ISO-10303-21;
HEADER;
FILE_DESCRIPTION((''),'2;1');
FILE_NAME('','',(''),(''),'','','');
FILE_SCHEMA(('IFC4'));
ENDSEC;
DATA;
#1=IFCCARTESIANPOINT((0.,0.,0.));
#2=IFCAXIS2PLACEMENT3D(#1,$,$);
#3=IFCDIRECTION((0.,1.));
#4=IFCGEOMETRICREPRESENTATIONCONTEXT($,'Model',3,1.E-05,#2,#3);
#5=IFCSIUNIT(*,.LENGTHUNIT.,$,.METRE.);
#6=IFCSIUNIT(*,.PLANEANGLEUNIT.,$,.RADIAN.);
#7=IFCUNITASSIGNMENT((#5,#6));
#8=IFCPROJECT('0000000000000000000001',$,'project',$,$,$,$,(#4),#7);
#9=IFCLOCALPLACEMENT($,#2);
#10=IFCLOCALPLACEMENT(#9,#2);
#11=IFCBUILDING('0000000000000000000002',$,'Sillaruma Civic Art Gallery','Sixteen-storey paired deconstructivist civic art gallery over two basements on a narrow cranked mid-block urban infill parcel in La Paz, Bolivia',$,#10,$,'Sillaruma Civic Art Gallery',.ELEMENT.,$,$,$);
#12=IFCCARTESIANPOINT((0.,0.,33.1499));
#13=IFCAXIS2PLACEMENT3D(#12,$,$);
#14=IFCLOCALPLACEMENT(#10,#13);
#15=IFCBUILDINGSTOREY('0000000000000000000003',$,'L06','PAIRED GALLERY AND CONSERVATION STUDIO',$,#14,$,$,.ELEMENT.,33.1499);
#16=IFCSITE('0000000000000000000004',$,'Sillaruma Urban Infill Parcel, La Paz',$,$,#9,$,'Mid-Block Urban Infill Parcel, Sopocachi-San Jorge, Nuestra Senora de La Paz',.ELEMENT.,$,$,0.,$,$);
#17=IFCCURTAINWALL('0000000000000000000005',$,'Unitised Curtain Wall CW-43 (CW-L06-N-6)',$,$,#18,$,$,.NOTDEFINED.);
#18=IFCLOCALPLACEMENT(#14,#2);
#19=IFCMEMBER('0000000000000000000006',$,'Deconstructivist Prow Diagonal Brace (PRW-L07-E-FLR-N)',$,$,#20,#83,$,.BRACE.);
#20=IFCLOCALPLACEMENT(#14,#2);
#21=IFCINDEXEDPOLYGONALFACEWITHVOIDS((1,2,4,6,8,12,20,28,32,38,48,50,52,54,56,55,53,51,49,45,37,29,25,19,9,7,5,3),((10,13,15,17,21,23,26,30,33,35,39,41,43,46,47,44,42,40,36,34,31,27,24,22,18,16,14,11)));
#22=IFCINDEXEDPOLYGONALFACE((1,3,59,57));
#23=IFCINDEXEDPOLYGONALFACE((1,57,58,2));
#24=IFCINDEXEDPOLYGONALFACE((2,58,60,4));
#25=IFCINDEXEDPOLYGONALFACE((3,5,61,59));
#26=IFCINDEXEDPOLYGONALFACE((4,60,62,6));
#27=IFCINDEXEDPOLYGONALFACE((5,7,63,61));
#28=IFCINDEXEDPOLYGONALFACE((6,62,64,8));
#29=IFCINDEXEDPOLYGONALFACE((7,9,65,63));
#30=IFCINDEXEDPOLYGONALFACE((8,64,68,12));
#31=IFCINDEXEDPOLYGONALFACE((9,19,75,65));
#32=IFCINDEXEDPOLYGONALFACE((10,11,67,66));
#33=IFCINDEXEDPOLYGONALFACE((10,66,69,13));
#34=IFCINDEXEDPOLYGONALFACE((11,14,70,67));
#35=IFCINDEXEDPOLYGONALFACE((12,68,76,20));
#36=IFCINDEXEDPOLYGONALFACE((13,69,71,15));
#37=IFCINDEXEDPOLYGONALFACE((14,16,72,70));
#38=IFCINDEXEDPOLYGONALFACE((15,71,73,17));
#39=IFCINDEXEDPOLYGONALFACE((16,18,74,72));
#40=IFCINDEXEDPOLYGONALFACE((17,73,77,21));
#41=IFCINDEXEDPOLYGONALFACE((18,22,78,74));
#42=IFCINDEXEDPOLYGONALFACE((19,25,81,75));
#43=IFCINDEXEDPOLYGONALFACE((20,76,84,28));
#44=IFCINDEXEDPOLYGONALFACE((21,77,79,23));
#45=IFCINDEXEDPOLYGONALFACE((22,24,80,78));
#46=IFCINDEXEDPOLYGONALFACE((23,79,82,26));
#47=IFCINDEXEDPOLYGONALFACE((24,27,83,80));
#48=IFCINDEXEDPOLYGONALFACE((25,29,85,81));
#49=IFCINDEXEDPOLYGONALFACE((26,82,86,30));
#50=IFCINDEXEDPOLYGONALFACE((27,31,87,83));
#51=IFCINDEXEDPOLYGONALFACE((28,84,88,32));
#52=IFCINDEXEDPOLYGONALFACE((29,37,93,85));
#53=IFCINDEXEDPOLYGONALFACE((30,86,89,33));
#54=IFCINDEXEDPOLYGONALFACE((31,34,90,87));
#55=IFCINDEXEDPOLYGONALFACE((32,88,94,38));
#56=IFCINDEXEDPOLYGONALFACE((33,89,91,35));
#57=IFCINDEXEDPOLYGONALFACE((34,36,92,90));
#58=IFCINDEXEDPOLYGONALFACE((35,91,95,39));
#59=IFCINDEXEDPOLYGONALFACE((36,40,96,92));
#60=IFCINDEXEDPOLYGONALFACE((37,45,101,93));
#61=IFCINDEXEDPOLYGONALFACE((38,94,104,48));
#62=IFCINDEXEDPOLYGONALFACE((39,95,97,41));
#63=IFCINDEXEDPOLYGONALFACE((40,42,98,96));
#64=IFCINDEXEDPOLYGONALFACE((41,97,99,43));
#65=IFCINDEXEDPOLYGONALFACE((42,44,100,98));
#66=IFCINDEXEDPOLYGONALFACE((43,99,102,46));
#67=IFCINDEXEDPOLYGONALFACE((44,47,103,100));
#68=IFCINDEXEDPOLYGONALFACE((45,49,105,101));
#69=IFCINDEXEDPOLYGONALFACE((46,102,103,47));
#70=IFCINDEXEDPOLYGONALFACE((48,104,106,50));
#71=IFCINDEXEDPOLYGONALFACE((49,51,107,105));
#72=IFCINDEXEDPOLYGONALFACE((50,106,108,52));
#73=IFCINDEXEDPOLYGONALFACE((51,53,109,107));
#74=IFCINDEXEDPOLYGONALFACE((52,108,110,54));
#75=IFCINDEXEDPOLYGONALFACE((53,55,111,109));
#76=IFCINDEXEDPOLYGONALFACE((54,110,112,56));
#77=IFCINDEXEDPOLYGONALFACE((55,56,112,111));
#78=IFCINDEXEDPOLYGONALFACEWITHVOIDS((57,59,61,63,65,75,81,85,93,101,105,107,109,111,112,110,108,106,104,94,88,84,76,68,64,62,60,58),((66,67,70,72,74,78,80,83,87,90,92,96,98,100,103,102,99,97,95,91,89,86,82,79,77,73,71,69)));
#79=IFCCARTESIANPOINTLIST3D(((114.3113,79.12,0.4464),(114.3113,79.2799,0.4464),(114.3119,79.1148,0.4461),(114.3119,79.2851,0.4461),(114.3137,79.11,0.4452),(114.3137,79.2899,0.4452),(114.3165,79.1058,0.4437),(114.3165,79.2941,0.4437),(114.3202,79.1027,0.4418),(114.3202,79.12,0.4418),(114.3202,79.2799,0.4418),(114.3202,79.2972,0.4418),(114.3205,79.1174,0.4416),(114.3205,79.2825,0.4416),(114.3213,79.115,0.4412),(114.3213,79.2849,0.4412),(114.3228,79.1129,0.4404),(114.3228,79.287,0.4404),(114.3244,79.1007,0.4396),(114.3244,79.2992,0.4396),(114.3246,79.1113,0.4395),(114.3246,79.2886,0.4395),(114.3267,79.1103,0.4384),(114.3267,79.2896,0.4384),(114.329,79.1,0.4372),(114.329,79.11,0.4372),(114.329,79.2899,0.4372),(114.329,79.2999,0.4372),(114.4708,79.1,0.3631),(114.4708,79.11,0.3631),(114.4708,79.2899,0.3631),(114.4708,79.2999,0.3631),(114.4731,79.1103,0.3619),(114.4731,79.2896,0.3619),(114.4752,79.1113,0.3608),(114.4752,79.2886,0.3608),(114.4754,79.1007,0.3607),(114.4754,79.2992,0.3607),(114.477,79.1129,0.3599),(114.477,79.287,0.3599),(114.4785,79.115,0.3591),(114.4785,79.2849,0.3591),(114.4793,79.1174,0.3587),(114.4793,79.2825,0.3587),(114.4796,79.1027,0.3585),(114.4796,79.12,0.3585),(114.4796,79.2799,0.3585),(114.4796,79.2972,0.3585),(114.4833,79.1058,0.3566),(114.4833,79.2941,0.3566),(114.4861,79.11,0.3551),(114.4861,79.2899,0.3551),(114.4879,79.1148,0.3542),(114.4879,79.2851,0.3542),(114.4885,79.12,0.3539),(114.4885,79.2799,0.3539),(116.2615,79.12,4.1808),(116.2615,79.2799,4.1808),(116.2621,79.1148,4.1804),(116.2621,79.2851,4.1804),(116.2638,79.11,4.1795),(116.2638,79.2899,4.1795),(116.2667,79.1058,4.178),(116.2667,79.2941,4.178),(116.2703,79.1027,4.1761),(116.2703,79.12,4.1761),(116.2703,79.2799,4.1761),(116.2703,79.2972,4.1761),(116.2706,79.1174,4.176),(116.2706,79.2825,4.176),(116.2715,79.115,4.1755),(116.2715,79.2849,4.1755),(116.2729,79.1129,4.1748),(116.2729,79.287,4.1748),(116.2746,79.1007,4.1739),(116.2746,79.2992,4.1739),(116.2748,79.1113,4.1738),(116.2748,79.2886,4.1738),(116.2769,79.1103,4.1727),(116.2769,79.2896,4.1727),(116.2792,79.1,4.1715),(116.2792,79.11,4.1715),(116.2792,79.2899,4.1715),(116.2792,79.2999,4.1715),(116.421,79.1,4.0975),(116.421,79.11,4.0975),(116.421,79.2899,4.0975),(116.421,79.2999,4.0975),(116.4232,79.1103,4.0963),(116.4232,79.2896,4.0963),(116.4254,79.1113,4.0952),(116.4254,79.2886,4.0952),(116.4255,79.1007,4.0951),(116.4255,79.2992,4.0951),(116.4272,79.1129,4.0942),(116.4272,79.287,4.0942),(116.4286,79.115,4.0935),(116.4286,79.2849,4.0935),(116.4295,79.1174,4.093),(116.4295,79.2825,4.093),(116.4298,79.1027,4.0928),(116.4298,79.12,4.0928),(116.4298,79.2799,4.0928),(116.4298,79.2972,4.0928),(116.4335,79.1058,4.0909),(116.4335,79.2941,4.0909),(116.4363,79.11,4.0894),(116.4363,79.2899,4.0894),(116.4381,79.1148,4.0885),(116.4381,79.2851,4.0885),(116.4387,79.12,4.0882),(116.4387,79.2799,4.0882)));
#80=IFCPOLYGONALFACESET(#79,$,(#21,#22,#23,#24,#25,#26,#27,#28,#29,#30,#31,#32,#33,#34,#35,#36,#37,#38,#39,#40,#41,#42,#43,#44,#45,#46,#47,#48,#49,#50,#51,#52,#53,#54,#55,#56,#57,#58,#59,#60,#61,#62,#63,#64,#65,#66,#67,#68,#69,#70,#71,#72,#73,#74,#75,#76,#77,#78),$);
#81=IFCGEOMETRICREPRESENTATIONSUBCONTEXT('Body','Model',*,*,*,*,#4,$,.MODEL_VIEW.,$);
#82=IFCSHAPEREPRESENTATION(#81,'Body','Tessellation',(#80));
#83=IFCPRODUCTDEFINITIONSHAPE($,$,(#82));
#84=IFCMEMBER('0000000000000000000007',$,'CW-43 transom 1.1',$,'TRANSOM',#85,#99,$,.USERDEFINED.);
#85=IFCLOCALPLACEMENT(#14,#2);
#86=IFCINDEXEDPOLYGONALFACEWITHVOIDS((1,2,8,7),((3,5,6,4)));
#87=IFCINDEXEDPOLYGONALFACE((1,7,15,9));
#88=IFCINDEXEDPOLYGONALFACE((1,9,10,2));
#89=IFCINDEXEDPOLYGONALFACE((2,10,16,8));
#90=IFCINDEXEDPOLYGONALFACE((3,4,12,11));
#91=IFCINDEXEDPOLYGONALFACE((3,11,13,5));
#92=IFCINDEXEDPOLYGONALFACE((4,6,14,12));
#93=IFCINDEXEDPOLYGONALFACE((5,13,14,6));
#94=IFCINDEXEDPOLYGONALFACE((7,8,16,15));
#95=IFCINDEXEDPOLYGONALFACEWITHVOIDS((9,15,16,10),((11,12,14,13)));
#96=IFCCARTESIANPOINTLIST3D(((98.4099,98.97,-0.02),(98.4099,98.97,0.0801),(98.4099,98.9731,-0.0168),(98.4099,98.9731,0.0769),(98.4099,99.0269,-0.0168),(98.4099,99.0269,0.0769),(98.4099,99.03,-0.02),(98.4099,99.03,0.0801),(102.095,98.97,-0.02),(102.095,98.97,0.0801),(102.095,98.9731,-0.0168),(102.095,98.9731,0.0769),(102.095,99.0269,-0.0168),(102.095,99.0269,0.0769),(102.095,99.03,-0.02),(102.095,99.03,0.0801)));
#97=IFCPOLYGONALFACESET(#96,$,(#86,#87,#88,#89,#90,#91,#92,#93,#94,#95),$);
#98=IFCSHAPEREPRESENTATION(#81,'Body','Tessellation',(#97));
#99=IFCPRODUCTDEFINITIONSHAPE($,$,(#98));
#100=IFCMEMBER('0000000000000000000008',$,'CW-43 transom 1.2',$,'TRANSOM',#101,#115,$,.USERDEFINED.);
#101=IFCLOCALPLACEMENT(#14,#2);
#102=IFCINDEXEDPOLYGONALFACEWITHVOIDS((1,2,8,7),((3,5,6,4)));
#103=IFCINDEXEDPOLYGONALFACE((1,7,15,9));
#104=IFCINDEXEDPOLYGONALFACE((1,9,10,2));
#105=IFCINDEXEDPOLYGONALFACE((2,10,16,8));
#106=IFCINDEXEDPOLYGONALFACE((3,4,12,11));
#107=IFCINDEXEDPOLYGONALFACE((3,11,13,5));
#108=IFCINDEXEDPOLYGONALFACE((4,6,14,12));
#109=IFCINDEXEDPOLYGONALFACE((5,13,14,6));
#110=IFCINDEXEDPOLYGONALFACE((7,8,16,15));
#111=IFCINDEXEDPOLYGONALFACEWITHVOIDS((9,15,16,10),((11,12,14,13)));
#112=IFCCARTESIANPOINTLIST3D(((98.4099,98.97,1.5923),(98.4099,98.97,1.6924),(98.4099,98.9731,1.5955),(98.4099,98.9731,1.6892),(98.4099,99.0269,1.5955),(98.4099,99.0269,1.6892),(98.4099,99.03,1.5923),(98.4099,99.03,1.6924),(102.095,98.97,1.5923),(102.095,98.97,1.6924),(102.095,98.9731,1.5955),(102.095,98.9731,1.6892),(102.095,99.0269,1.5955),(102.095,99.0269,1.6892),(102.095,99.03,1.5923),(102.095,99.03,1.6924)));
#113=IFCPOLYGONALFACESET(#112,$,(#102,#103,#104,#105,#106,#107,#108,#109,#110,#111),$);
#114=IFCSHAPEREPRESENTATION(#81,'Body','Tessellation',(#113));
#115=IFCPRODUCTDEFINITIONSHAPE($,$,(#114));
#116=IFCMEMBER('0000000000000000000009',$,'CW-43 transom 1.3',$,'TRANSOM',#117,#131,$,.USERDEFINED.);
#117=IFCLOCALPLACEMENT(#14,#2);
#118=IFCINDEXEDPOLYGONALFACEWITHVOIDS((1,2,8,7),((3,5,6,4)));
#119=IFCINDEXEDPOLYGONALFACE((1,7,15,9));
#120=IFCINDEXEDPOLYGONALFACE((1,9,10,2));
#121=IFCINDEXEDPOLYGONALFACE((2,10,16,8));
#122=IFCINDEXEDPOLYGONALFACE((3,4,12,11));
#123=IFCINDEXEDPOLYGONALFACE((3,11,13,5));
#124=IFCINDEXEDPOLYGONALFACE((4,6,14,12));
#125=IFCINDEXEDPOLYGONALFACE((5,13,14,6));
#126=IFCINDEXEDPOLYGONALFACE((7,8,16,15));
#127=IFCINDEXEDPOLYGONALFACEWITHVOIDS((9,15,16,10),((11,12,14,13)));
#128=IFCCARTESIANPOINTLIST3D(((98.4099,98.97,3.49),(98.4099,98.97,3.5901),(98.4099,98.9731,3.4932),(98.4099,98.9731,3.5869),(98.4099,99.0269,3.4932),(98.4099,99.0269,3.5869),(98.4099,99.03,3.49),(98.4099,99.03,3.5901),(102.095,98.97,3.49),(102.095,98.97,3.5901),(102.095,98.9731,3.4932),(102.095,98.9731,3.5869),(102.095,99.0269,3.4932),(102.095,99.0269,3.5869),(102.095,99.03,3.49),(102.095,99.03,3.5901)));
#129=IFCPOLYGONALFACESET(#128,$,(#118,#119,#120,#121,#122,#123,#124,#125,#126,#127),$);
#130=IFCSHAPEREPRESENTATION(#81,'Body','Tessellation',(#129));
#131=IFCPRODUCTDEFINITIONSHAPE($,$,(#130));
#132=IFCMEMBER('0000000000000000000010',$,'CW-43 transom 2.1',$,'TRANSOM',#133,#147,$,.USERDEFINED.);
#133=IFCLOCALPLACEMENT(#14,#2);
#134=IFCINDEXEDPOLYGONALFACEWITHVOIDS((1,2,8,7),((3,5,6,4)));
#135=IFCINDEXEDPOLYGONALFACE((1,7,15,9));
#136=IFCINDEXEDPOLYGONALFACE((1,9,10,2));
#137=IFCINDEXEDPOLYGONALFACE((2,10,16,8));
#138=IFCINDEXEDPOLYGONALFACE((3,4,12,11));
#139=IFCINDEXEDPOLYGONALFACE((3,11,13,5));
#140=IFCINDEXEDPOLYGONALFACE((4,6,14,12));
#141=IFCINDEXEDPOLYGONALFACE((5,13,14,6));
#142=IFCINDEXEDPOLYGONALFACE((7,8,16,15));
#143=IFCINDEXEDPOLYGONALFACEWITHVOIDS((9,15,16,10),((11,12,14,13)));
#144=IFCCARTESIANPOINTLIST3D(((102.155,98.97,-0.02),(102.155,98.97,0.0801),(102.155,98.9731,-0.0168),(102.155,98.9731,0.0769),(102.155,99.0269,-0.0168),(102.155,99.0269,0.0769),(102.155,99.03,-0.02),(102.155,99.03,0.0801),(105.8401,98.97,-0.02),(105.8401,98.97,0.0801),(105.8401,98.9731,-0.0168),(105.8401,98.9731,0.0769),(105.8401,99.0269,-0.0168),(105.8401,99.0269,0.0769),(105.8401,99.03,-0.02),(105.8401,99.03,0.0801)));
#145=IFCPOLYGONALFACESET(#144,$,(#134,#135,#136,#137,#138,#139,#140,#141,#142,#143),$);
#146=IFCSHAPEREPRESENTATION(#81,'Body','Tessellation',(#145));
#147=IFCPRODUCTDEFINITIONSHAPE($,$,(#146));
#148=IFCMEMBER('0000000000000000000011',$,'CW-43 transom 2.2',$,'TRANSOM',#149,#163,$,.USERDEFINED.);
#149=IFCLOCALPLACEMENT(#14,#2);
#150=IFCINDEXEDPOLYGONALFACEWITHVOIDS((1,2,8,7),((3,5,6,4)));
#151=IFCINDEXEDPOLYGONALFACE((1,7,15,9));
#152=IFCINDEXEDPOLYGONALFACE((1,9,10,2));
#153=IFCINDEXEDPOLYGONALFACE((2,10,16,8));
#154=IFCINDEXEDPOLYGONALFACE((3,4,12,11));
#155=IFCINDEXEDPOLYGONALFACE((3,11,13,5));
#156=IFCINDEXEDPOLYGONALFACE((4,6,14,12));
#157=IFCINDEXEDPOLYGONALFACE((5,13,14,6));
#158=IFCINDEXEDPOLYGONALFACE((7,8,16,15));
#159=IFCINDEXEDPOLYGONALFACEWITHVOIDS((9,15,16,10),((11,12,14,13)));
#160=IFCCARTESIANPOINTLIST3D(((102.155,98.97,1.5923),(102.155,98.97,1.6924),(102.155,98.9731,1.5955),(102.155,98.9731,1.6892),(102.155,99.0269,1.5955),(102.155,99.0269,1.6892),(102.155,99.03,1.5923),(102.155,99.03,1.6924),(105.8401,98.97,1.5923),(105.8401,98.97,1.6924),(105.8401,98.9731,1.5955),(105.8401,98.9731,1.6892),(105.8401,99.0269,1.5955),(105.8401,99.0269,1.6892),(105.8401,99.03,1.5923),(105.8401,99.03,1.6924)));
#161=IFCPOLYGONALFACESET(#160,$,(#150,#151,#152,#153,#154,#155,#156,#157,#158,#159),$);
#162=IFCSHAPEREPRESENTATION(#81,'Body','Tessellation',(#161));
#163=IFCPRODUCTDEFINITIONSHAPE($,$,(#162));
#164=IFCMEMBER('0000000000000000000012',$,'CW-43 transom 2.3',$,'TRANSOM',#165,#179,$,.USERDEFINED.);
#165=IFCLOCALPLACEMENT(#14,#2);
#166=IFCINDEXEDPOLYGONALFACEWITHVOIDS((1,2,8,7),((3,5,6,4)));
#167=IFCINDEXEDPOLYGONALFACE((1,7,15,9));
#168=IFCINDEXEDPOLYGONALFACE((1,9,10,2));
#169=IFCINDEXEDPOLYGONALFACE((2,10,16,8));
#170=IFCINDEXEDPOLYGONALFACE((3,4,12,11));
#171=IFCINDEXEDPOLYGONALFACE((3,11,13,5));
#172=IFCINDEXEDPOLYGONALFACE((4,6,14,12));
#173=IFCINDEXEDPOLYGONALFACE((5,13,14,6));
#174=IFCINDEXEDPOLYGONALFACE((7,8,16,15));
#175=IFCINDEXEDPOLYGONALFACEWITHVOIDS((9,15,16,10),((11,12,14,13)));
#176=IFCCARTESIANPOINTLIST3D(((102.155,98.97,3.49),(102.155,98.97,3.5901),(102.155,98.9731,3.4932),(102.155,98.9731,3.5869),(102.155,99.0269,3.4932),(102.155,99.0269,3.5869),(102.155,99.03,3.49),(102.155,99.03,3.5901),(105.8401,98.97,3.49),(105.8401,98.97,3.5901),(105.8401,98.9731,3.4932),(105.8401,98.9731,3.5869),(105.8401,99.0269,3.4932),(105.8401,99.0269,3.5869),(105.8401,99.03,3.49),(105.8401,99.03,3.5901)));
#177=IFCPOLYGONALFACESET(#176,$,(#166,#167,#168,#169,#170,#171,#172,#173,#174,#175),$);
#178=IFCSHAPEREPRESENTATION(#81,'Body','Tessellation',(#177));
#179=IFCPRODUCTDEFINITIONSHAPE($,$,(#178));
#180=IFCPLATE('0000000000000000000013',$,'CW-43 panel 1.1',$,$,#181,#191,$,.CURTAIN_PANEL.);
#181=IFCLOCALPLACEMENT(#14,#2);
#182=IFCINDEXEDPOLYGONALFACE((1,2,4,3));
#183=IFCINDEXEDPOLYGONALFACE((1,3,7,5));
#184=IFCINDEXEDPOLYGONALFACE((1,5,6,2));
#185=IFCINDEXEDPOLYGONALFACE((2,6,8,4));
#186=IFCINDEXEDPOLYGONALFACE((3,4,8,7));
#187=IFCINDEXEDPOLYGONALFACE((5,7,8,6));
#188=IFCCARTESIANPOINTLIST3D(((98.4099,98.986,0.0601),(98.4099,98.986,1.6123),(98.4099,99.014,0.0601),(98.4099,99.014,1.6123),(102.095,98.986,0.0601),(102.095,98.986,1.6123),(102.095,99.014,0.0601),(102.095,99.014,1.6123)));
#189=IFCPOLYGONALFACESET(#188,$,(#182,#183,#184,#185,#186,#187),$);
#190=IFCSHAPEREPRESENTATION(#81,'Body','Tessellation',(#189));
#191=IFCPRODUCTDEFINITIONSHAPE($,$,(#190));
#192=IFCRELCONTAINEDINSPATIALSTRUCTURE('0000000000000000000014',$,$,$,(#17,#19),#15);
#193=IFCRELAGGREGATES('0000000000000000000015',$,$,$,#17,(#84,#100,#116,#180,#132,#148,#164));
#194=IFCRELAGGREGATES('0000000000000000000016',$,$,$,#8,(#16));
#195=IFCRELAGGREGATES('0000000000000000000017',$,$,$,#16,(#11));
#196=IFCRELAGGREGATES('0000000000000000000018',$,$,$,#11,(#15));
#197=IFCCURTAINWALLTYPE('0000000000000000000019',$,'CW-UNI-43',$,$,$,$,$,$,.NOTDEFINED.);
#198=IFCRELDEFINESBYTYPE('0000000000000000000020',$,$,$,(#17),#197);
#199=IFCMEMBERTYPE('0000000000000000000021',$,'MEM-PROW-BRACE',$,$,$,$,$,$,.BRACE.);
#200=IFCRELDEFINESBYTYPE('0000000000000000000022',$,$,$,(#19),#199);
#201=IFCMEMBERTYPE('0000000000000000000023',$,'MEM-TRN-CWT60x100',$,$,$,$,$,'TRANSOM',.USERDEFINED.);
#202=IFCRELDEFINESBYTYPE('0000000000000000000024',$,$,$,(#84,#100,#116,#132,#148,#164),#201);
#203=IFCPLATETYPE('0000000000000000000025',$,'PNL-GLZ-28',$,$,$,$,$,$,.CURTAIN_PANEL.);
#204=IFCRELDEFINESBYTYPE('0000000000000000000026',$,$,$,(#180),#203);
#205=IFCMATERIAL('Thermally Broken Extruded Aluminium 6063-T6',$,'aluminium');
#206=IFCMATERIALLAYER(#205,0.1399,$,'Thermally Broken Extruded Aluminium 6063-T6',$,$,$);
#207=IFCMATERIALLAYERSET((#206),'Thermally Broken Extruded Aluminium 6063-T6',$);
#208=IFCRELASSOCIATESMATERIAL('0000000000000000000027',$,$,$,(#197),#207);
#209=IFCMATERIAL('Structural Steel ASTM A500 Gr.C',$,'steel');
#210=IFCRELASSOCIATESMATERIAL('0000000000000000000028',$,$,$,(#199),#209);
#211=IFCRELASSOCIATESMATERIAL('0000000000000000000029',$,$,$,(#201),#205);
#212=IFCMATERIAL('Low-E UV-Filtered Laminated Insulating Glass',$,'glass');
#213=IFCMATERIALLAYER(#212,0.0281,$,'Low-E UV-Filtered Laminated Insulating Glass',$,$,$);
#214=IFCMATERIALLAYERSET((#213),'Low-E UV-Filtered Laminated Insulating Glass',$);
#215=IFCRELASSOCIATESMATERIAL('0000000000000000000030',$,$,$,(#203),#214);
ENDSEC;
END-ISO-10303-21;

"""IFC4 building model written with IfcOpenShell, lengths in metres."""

from ifc_helpers import new_model, si_unit, direction, frame, origin, origin_2d, place, context, subcontext, project, spatial, rectangle, hollow_rectangle, extrude, material, layer, layer_set, material_profile, profile_set, type_object, element, aggregate, save


model = new_model("IFC4")

# Units and contexts
model_context = context("Model", 3, precision=1e-05, world=origin(), true_north=direction((0.0, 1.0)))
body_context = subcontext(model_context, "Body", "Model", "MODEL_VIEW")
ifc_project = project(units=[si_unit("LENGTHUNIT", "METRE"), si_unit("PLANEANGLEUNIT", "RADIAN")], contexts=[model_context])

# Site, building, storey
site_placement = place(None, origin())
site = spatial("IfcSite", under=ifc_project, at=site_placement, Name="Sillaruma Urban Infill Parcel, La Paz", LongName="Mid-Block Urban Infill Parcel, Sopocachi-San Jorge, Nuestra Senora de La Paz", CompositionType="ELEMENT", RefElevation=0.0)
building_placement = place(site_placement, origin())
building = spatial("IfcBuilding", under=site, at=building_placement, Name="Sillaruma Civic Art Gallery", Description="Sixteen-storey paired deconstructivist civic art gallery over two basements on a narrow cranked mid-block urban infill parcel in La Paz, Bolivia", LongName="Sillaruma Civic Art Gallery", CompositionType="ELEMENT")
storey_placement = place(building_placement, frame((0.0, 0.0, 33.1499)))
storey = spatial("IfcBuildingStorey", under=building, at=storey_placement, Name="L06", Description="PAIRED GALLERY AND CONSERVATION STUDIO", CompositionType="ELEMENT", Elevation=33.1499)

# Shared definitions
ifc_material_1 = material(Name="Structural Steel ASTM A500 Gr.C", Category="steel")

# Shared definitions
ifc_material_2 = material(Name="Thermally Broken Extruded Aluminium 6063-T6", Category="aluminium")

# Curtain wall
ifc_layer_1 = layer(ifc_material_2, 0.1399, Name="Thermally Broken Extruded Aluminium 6063-T6")
ifc_layer_set_1 = layer_set([ifc_layer_1], Name="Thermally Broken Extruded Aluminium 6063-T6")
curtain_wall_type_1 = type_object("IfcCurtainWallType", Name="CW-UNI-43", PredefinedType="NOTDEFINED", material=ifc_layer_set_1)
curtain_wall_1_placement = place(storey_placement, origin())
curtain_wall_1 = element("IfcCurtainWall", 1, at=curtain_wall_1_placement, inside=storey, type_object=curtain_wall_type_1, Name="Unitised Curtain Wall CW-43 (CW-L06-N-6)", PredefinedType="NOTDEFINED")

# Members
ifc_material_profile_1 = material_profile(ifc_material_1, hollow_rectangle(XDim=0.2, YDim=0.2, WallThickness=0.01, InnerFilletRadius=0.01, OuterFilletRadius=0.02, at=origin_2d()), Name="HSS200x200x10")
ifc_profile_set_1 = profile_set([ifc_material_profile_1], Name="Structural Steel ASTM A500 Gr.C")
member_type_1 = type_object("IfcMemberType", Name="MEM-PROW-BRACE", PredefinedType="BRACE", material=ifc_profile_set_1)
member_1_placement = place(storey_placement, frame((114.3999, 79.2, 0.4001), z_axis=(0.462907, 0.0, 0.886407), x_axis=(0.0, 1.0, 0.0)))
element("IfcMember", 2, at=member_1_placement, inside=storey, type_object=member_type_1, Name="Deconstructivist Prow Diagonal Brace (PRW-L07-E-FLR-N)", PredefinedType="BRACE", context=body_context, shape_type="SweptSolid", body=[
    extrude(hollow_rectangle(XDim=0.2, YDim=0.2, WallThickness=0.01, InnerFilletRadius=0.01, OuterFilletRadius=0.02, at=origin_2d()), origin(), (0.0, 0.0, 1.0), 4.2129),
])
ifc_material_profile_2 = material_profile(ifc_material_2, hollow_rectangle(XDim=0.0601, YDim=0.1001, WallThickness=0.0032, at=origin_2d()), Name="CWT60x100")
ifc_profile_set_2 = profile_set([ifc_material_profile_2], Name="Thermally Broken Extruded Aluminium 6063-T6")
member_type_2 = type_object("IfcMemberType", Name="MEM-TRN-CWT60x100", ElementType="TRANSOM", PredefinedType="USERDEFINED", material=ifc_profile_set_2)
member_2_placement = place(storey_placement, frame((98.4099, 99.0, 0.03), z_axis=(1.0, 0.0, 0.0), x_axis=(0.0, 1.0, 0.0)))
member_2 = element("IfcMember", 3, at=member_2_placement, type_object=member_type_2, Name="CW-43 transom 1.1", ObjectType="TRANSOM", PredefinedType="USERDEFINED", context=body_context, shape_type="SweptSolid", body=[
    extrude(hollow_rectangle(XDim=0.0601, YDim=0.1001, WallThickness=0.0032, at=origin_2d()), origin(), (0.0, 0.0, 1.0), 3.6851),
])
member_3_placement = place(storey_placement, frame((98.4099, 99.0, 1.6423), z_axis=(1.0, 0.0, 0.0), x_axis=(0.0, 1.0, 0.0)))
member_3 = element("IfcMember", 4, at=member_3_placement, type_object=member_type_2, Name="CW-43 transom 1.2", ObjectType="TRANSOM", PredefinedType="USERDEFINED", context=body_context, shape_type="SweptSolid", body=[
    extrude(hollow_rectangle(XDim=0.0601, YDim=0.1001, WallThickness=0.0032, at=origin_2d()), origin(), (0.0, 0.0, 1.0), 3.6851),
])
member_4_placement = place(storey_placement, frame((98.4099, 99.0, 3.54), z_axis=(1.0, 0.0, 0.0), x_axis=(0.0, 1.0, 0.0)))
member_4 = element("IfcMember", 5, at=member_4_placement, type_object=member_type_2, Name="CW-43 transom 1.3", ObjectType="TRANSOM", PredefinedType="USERDEFINED", context=body_context, shape_type="SweptSolid", body=[
    extrude(hollow_rectangle(XDim=0.0601, YDim=0.1001, WallThickness=0.0032, at=origin_2d()), origin(), (0.0, 0.0, 1.0), 3.6851),
])
member_5_placement = place(storey_placement, frame((102.155, 99.0, 0.03), z_axis=(1.0, 0.0, 0.0), x_axis=(0.0, 1.0, 0.0)))
member_5 = element("IfcMember", 6, at=member_5_placement, type_object=member_type_2, Name="CW-43 transom 2.1", ObjectType="TRANSOM", PredefinedType="USERDEFINED", context=body_context, shape_type="SweptSolid", body=[
    extrude(hollow_rectangle(XDim=0.0601, YDim=0.1001, WallThickness=0.0032, at=origin_2d()), origin(), (0.0, 0.0, 1.0), 3.6851),
])
member_6_placement = place(storey_placement, frame((102.155, 99.0, 1.6423), z_axis=(1.0, 0.0, 0.0), x_axis=(0.0, 1.0, 0.0)))
member_6 = element("IfcMember", 7, at=member_6_placement, type_object=member_type_2, Name="CW-43 transom 2.2", ObjectType="TRANSOM", PredefinedType="USERDEFINED", context=body_context, shape_type="SweptSolid", body=[
    extrude(hollow_rectangle(XDim=0.0601, YDim=0.1001, WallThickness=0.0032, at=origin_2d()), origin(), (0.0, 0.0, 1.0), 3.6851),
])
member_7_placement = place(storey_placement, frame((102.155, 99.0, 3.54), z_axis=(1.0, 0.0, 0.0), x_axis=(0.0, 1.0, 0.0)))
member_7 = element("IfcMember", 8, at=member_7_placement, type_object=member_type_2, Name="CW-43 transom 2.3", ObjectType="TRANSOM", PredefinedType="USERDEFINED", context=body_context, shape_type="SweptSolid", body=[
    extrude(hollow_rectangle(XDim=0.0601, YDim=0.1001, WallThickness=0.0032, at=origin_2d()), origin(), (0.0, 0.0, 1.0), 3.6851),
])

# Plate
ifc_material_3 = material(Name="Low-E UV-Filtered Laminated Insulating Glass", Category="glass")
ifc_layer_2 = layer(ifc_material_3, 0.0281, Name="Low-E UV-Filtered Laminated Insulating Glass")
ifc_layer_set_2 = layer_set([ifc_layer_2], Name="Low-E UV-Filtered Laminated Insulating Glass")
plate_type_1 = type_object("IfcPlateType", Name="PNL-GLZ-28", PredefinedType="CURTAIN_PANEL", material=ifc_layer_set_2)
plate_1_placement = place(storey_placement, frame((100.2524, 99.0, 0.0601), z_axis=(0.0, 0.0, 1.0), x_axis=(1.0, 0.0, 0.0)))
plate_1 = element("IfcPlate", 9, at=plate_1_placement, type_object=plate_type_1, Name="CW-43 panel 1.1", PredefinedType="CURTAIN_PANEL", context=body_context, shape_type="SweptSolid", body=[
    extrude(rectangle(XDim=3.6851, YDim=0.0281, at=origin_2d()), origin(), (0.0, 0.0, 1.0), 1.5522),
])
aggregate(curtain_wall_1, [member_2, member_3, member_4, plate_1, member_5, member_6, member_7])

save(model, "model.ifc")
